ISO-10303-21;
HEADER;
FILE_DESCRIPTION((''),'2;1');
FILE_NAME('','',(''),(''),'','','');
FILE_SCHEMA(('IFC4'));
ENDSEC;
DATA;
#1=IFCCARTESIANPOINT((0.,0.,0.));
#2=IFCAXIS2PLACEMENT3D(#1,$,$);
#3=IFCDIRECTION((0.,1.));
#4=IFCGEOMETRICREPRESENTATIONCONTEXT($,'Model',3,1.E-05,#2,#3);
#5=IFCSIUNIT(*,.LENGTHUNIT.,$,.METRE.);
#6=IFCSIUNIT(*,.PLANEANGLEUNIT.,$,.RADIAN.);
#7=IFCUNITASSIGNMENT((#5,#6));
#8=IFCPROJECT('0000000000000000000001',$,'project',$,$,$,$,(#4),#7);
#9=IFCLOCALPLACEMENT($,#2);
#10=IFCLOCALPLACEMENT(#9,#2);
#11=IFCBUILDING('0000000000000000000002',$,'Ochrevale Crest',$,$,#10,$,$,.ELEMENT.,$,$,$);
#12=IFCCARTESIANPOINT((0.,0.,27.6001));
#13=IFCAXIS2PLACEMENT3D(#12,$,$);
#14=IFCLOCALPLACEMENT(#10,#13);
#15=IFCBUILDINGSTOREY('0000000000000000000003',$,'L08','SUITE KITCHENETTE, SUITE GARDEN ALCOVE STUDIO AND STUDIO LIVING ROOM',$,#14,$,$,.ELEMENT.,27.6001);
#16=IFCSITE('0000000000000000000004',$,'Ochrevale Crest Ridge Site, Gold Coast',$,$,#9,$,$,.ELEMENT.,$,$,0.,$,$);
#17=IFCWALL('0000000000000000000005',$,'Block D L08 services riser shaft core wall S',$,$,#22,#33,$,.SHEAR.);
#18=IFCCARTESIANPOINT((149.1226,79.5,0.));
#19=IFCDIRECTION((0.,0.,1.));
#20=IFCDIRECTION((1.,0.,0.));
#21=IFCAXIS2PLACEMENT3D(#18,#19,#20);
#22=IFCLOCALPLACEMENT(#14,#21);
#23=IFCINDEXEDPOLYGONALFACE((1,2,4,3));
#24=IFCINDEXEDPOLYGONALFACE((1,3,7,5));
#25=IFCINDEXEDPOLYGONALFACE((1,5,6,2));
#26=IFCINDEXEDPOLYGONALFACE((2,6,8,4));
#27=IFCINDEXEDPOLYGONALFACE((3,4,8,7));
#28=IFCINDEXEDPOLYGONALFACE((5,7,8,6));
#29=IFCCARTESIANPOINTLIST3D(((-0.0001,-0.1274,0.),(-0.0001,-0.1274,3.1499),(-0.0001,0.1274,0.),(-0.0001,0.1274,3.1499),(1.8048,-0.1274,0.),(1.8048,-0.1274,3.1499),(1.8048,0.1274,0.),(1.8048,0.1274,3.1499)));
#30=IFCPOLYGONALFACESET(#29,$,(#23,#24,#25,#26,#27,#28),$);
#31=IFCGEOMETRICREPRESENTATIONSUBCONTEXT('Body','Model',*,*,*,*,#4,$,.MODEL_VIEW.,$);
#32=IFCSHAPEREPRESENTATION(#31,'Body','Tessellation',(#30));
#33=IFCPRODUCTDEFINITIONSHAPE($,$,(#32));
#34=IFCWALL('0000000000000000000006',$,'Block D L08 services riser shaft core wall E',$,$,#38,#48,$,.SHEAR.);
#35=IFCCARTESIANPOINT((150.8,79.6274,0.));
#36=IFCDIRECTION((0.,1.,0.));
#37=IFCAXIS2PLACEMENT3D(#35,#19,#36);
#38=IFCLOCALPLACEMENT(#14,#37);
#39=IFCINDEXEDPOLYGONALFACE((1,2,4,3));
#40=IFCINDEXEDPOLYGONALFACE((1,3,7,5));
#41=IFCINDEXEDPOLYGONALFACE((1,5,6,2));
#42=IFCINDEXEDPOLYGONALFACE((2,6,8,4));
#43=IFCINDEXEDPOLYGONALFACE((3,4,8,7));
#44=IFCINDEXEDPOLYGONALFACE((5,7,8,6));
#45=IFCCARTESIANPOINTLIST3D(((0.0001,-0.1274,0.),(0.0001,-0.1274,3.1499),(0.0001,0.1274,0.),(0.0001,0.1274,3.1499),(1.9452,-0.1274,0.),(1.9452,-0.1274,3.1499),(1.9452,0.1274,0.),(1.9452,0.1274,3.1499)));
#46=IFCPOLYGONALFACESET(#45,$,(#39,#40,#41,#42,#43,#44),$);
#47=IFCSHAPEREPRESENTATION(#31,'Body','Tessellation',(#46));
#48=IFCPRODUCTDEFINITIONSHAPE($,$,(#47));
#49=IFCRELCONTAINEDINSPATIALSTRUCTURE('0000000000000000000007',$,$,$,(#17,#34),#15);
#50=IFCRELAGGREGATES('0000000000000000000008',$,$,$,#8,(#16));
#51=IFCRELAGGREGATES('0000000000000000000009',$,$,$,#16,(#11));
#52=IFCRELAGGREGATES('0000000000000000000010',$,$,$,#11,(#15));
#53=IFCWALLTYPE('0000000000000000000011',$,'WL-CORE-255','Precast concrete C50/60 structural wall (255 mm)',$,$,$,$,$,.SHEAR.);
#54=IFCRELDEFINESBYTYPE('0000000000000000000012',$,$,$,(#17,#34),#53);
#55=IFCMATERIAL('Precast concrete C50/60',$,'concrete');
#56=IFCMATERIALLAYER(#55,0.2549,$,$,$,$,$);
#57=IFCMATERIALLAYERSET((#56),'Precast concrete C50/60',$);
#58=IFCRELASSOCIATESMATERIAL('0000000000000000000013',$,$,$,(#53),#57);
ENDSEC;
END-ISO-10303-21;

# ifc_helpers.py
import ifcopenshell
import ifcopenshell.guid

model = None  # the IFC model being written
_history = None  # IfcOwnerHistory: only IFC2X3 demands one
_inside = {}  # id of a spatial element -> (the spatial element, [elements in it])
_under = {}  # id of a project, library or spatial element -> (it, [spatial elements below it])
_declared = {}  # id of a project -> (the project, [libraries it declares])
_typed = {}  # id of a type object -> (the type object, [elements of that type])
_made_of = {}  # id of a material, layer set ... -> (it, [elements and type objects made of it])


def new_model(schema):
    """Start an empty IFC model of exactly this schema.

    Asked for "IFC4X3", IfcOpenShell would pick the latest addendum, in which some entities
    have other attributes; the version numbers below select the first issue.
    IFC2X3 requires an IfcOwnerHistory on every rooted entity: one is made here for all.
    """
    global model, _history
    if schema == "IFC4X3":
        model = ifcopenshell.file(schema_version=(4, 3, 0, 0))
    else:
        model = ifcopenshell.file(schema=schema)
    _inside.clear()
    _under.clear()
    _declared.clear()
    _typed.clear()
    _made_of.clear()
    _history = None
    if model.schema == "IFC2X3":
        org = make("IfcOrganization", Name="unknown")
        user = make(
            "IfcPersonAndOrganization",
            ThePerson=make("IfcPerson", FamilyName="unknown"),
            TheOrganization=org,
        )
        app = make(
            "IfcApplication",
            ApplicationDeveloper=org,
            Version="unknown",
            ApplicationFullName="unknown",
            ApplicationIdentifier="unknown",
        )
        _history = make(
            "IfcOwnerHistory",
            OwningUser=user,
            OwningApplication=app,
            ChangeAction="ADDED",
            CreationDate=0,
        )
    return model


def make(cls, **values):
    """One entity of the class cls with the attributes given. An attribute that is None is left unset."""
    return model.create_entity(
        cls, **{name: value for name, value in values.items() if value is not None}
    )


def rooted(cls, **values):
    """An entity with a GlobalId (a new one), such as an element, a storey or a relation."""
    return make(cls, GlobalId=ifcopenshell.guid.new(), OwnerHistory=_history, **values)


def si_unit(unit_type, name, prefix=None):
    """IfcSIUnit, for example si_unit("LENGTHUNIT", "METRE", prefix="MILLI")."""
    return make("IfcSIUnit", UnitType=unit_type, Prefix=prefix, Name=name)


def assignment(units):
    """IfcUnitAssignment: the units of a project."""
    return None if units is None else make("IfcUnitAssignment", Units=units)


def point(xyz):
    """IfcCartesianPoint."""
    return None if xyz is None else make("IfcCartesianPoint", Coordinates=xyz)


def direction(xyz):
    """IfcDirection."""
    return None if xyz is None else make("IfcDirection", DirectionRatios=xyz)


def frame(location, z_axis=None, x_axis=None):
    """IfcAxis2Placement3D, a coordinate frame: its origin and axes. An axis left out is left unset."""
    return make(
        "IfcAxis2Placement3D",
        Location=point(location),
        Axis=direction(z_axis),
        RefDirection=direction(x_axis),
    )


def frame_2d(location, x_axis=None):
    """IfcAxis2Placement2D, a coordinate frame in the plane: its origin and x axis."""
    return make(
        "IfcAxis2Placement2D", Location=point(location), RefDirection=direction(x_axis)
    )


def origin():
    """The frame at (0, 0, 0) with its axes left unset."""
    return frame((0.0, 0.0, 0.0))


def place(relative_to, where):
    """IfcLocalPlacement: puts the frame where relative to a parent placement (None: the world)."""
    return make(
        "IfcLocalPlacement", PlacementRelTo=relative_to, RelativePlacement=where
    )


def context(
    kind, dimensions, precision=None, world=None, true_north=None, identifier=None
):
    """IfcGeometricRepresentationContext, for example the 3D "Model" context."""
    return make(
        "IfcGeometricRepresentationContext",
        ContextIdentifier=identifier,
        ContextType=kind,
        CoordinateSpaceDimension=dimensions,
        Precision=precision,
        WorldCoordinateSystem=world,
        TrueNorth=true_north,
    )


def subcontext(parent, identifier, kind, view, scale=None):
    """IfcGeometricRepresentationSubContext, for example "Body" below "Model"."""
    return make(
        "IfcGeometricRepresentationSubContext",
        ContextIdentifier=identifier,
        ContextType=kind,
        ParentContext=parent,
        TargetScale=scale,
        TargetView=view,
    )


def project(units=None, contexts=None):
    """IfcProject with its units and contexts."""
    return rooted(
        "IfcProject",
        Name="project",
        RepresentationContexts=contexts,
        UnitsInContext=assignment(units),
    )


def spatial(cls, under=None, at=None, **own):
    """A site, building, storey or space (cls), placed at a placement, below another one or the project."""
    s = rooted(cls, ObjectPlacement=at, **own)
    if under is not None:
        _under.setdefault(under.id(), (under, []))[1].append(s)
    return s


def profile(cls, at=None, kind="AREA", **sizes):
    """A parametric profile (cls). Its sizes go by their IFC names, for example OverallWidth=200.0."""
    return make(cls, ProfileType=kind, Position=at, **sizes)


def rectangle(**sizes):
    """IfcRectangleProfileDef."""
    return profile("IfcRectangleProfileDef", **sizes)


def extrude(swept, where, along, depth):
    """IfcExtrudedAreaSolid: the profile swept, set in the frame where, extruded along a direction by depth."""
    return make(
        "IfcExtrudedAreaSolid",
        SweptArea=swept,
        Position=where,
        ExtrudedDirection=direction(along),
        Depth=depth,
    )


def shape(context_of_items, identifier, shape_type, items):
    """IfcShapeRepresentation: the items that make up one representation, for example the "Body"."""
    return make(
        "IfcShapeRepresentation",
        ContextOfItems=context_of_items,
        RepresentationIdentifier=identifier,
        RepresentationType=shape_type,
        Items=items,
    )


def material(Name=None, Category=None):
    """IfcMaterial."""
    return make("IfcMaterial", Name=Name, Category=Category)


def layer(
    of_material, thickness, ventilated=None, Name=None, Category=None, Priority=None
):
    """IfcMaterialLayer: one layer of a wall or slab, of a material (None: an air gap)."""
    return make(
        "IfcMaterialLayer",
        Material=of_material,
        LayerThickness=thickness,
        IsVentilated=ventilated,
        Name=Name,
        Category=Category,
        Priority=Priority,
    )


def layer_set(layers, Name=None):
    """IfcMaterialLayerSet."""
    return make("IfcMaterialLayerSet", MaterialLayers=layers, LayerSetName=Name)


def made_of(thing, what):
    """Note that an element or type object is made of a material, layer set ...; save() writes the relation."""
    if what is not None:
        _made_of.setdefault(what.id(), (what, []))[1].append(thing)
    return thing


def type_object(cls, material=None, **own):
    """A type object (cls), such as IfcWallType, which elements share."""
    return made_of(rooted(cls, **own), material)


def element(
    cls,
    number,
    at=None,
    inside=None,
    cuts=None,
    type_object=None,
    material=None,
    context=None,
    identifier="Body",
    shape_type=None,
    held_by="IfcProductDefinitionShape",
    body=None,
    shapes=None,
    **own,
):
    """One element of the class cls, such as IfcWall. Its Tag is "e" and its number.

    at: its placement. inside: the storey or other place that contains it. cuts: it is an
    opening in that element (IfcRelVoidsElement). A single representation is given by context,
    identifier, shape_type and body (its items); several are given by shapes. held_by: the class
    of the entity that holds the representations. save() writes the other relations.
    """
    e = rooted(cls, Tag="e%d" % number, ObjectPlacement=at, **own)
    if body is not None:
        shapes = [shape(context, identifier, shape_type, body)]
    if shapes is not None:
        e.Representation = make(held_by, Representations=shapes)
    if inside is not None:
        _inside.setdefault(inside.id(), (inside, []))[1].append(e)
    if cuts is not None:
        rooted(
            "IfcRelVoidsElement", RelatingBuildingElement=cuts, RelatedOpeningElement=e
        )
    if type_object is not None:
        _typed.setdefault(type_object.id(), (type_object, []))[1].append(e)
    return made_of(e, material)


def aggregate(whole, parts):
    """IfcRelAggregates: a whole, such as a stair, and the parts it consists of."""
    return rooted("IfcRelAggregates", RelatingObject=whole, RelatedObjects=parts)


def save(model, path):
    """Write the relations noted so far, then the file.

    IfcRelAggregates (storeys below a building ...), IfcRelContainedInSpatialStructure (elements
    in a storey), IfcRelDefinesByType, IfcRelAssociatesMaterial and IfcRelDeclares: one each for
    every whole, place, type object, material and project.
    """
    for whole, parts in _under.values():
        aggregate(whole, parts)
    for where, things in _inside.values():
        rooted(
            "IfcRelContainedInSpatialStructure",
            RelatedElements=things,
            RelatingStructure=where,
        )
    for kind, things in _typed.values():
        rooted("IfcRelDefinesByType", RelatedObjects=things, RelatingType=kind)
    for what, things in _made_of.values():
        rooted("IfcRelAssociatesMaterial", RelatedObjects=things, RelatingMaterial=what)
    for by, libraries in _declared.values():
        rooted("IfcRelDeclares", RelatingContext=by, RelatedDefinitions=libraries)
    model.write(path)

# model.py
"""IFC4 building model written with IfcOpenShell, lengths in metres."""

from ifc_helpers import new_model, si_unit, direction, frame, frame_2d, origin, place, context, subcontext, project, spatial, rectangle, extrude, material, layer, layer_set, type_object, element, save


model = new_model("IFC4")

# Units and contexts
model_context = context("Model", 3, precision=1e-05, world=origin(), true_north=direction((0.0, 1.0)))
body_context = subcontext(model_context, "Body", "Model", "MODEL_VIEW")
ifc_project = project(units=[si_unit("LENGTHUNIT", "METRE"), si_unit("PLANEANGLEUNIT", "RADIAN")], contexts=[model_context])

# Site, building, storey
site_placement = place(None, origin())
site = spatial("IfcSite", under=ifc_project, at=site_placement, Name="Ochrevale Crest Ridge Site, Gold Coast", CompositionType="ELEMENT", RefElevation=0.0)
building_placement = place(site_placement, origin())
building = spatial("IfcBuilding", under=site, at=building_placement, Name="Ochrevale Crest", CompositionType="ELEMENT")
storey_placement = place(building_placement, frame((0.0, 0.0, 27.6001)))
storey = spatial("IfcBuildingStorey", under=building, at=storey_placement, Name="L08", Description="SUITE KITCHENETTE, SUITE GARDEN ALCOVE STUDIO AND STUDIO LIVING ROOM", CompositionType="ELEMENT", Elevation=27.6001)

# Shared definitions
ifc_material_1 = material(Name="Precast concrete C50/60", Category="concrete")

# Walls
ifc_layer_1 = layer(ifc_material_1, 0.2549)
ifc_layer_set_1 = layer_set([ifc_layer_1], Name="Precast concrete C50/60")
wall_type_1 = type_object("IfcWallType", Name="WL-CORE-255", Description="Precast concrete C50/60 structural wall (255 mm)", PredefinedType="SHEAR", material=ifc_layer_set_1)
wall_1_placement = place(storey_placement, frame((149.1226, 79.5, 0.0), z_axis=(0.0, 0.0, 1.0), x_axis=(1.0, 0.0, 0.0)))
element("IfcWall", 1, at=wall_1_placement, inside=storey, type_object=wall_type_1, Name="Block D L08 services riser shaft core wall S", PredefinedType="SHEAR", context=body_context, shape_type="SweptSolid", body=[
    extrude(rectangle(XDim=1.8049, YDim=0.2549, at=frame_2d((0.9023, 0.0))), origin(), (0.0, 0.0, 1.0), 3.1499),
])
wall_2_placement = place(storey_placement, frame((150.8, 79.6274, 0.0), z_axis=(0.0, 0.0, 1.0), x_axis=(0.0, 1.0, 0.0)))
element("IfcWall", 2, at=wall_2_placement, inside=storey, type_object=wall_type_1, Name="Block D L08 services riser shaft core wall E", PredefinedType="SHEAR", context=body_context, shape_type="SweptSolid", body=[
    extrude(rectangle(XDim=1.9451, YDim=0.2549, at=frame_2d((0.9727, 0.0))), origin(), (0.0, 0.0, 1.0), 3.1499),
])

save(model, "model.ifc")
